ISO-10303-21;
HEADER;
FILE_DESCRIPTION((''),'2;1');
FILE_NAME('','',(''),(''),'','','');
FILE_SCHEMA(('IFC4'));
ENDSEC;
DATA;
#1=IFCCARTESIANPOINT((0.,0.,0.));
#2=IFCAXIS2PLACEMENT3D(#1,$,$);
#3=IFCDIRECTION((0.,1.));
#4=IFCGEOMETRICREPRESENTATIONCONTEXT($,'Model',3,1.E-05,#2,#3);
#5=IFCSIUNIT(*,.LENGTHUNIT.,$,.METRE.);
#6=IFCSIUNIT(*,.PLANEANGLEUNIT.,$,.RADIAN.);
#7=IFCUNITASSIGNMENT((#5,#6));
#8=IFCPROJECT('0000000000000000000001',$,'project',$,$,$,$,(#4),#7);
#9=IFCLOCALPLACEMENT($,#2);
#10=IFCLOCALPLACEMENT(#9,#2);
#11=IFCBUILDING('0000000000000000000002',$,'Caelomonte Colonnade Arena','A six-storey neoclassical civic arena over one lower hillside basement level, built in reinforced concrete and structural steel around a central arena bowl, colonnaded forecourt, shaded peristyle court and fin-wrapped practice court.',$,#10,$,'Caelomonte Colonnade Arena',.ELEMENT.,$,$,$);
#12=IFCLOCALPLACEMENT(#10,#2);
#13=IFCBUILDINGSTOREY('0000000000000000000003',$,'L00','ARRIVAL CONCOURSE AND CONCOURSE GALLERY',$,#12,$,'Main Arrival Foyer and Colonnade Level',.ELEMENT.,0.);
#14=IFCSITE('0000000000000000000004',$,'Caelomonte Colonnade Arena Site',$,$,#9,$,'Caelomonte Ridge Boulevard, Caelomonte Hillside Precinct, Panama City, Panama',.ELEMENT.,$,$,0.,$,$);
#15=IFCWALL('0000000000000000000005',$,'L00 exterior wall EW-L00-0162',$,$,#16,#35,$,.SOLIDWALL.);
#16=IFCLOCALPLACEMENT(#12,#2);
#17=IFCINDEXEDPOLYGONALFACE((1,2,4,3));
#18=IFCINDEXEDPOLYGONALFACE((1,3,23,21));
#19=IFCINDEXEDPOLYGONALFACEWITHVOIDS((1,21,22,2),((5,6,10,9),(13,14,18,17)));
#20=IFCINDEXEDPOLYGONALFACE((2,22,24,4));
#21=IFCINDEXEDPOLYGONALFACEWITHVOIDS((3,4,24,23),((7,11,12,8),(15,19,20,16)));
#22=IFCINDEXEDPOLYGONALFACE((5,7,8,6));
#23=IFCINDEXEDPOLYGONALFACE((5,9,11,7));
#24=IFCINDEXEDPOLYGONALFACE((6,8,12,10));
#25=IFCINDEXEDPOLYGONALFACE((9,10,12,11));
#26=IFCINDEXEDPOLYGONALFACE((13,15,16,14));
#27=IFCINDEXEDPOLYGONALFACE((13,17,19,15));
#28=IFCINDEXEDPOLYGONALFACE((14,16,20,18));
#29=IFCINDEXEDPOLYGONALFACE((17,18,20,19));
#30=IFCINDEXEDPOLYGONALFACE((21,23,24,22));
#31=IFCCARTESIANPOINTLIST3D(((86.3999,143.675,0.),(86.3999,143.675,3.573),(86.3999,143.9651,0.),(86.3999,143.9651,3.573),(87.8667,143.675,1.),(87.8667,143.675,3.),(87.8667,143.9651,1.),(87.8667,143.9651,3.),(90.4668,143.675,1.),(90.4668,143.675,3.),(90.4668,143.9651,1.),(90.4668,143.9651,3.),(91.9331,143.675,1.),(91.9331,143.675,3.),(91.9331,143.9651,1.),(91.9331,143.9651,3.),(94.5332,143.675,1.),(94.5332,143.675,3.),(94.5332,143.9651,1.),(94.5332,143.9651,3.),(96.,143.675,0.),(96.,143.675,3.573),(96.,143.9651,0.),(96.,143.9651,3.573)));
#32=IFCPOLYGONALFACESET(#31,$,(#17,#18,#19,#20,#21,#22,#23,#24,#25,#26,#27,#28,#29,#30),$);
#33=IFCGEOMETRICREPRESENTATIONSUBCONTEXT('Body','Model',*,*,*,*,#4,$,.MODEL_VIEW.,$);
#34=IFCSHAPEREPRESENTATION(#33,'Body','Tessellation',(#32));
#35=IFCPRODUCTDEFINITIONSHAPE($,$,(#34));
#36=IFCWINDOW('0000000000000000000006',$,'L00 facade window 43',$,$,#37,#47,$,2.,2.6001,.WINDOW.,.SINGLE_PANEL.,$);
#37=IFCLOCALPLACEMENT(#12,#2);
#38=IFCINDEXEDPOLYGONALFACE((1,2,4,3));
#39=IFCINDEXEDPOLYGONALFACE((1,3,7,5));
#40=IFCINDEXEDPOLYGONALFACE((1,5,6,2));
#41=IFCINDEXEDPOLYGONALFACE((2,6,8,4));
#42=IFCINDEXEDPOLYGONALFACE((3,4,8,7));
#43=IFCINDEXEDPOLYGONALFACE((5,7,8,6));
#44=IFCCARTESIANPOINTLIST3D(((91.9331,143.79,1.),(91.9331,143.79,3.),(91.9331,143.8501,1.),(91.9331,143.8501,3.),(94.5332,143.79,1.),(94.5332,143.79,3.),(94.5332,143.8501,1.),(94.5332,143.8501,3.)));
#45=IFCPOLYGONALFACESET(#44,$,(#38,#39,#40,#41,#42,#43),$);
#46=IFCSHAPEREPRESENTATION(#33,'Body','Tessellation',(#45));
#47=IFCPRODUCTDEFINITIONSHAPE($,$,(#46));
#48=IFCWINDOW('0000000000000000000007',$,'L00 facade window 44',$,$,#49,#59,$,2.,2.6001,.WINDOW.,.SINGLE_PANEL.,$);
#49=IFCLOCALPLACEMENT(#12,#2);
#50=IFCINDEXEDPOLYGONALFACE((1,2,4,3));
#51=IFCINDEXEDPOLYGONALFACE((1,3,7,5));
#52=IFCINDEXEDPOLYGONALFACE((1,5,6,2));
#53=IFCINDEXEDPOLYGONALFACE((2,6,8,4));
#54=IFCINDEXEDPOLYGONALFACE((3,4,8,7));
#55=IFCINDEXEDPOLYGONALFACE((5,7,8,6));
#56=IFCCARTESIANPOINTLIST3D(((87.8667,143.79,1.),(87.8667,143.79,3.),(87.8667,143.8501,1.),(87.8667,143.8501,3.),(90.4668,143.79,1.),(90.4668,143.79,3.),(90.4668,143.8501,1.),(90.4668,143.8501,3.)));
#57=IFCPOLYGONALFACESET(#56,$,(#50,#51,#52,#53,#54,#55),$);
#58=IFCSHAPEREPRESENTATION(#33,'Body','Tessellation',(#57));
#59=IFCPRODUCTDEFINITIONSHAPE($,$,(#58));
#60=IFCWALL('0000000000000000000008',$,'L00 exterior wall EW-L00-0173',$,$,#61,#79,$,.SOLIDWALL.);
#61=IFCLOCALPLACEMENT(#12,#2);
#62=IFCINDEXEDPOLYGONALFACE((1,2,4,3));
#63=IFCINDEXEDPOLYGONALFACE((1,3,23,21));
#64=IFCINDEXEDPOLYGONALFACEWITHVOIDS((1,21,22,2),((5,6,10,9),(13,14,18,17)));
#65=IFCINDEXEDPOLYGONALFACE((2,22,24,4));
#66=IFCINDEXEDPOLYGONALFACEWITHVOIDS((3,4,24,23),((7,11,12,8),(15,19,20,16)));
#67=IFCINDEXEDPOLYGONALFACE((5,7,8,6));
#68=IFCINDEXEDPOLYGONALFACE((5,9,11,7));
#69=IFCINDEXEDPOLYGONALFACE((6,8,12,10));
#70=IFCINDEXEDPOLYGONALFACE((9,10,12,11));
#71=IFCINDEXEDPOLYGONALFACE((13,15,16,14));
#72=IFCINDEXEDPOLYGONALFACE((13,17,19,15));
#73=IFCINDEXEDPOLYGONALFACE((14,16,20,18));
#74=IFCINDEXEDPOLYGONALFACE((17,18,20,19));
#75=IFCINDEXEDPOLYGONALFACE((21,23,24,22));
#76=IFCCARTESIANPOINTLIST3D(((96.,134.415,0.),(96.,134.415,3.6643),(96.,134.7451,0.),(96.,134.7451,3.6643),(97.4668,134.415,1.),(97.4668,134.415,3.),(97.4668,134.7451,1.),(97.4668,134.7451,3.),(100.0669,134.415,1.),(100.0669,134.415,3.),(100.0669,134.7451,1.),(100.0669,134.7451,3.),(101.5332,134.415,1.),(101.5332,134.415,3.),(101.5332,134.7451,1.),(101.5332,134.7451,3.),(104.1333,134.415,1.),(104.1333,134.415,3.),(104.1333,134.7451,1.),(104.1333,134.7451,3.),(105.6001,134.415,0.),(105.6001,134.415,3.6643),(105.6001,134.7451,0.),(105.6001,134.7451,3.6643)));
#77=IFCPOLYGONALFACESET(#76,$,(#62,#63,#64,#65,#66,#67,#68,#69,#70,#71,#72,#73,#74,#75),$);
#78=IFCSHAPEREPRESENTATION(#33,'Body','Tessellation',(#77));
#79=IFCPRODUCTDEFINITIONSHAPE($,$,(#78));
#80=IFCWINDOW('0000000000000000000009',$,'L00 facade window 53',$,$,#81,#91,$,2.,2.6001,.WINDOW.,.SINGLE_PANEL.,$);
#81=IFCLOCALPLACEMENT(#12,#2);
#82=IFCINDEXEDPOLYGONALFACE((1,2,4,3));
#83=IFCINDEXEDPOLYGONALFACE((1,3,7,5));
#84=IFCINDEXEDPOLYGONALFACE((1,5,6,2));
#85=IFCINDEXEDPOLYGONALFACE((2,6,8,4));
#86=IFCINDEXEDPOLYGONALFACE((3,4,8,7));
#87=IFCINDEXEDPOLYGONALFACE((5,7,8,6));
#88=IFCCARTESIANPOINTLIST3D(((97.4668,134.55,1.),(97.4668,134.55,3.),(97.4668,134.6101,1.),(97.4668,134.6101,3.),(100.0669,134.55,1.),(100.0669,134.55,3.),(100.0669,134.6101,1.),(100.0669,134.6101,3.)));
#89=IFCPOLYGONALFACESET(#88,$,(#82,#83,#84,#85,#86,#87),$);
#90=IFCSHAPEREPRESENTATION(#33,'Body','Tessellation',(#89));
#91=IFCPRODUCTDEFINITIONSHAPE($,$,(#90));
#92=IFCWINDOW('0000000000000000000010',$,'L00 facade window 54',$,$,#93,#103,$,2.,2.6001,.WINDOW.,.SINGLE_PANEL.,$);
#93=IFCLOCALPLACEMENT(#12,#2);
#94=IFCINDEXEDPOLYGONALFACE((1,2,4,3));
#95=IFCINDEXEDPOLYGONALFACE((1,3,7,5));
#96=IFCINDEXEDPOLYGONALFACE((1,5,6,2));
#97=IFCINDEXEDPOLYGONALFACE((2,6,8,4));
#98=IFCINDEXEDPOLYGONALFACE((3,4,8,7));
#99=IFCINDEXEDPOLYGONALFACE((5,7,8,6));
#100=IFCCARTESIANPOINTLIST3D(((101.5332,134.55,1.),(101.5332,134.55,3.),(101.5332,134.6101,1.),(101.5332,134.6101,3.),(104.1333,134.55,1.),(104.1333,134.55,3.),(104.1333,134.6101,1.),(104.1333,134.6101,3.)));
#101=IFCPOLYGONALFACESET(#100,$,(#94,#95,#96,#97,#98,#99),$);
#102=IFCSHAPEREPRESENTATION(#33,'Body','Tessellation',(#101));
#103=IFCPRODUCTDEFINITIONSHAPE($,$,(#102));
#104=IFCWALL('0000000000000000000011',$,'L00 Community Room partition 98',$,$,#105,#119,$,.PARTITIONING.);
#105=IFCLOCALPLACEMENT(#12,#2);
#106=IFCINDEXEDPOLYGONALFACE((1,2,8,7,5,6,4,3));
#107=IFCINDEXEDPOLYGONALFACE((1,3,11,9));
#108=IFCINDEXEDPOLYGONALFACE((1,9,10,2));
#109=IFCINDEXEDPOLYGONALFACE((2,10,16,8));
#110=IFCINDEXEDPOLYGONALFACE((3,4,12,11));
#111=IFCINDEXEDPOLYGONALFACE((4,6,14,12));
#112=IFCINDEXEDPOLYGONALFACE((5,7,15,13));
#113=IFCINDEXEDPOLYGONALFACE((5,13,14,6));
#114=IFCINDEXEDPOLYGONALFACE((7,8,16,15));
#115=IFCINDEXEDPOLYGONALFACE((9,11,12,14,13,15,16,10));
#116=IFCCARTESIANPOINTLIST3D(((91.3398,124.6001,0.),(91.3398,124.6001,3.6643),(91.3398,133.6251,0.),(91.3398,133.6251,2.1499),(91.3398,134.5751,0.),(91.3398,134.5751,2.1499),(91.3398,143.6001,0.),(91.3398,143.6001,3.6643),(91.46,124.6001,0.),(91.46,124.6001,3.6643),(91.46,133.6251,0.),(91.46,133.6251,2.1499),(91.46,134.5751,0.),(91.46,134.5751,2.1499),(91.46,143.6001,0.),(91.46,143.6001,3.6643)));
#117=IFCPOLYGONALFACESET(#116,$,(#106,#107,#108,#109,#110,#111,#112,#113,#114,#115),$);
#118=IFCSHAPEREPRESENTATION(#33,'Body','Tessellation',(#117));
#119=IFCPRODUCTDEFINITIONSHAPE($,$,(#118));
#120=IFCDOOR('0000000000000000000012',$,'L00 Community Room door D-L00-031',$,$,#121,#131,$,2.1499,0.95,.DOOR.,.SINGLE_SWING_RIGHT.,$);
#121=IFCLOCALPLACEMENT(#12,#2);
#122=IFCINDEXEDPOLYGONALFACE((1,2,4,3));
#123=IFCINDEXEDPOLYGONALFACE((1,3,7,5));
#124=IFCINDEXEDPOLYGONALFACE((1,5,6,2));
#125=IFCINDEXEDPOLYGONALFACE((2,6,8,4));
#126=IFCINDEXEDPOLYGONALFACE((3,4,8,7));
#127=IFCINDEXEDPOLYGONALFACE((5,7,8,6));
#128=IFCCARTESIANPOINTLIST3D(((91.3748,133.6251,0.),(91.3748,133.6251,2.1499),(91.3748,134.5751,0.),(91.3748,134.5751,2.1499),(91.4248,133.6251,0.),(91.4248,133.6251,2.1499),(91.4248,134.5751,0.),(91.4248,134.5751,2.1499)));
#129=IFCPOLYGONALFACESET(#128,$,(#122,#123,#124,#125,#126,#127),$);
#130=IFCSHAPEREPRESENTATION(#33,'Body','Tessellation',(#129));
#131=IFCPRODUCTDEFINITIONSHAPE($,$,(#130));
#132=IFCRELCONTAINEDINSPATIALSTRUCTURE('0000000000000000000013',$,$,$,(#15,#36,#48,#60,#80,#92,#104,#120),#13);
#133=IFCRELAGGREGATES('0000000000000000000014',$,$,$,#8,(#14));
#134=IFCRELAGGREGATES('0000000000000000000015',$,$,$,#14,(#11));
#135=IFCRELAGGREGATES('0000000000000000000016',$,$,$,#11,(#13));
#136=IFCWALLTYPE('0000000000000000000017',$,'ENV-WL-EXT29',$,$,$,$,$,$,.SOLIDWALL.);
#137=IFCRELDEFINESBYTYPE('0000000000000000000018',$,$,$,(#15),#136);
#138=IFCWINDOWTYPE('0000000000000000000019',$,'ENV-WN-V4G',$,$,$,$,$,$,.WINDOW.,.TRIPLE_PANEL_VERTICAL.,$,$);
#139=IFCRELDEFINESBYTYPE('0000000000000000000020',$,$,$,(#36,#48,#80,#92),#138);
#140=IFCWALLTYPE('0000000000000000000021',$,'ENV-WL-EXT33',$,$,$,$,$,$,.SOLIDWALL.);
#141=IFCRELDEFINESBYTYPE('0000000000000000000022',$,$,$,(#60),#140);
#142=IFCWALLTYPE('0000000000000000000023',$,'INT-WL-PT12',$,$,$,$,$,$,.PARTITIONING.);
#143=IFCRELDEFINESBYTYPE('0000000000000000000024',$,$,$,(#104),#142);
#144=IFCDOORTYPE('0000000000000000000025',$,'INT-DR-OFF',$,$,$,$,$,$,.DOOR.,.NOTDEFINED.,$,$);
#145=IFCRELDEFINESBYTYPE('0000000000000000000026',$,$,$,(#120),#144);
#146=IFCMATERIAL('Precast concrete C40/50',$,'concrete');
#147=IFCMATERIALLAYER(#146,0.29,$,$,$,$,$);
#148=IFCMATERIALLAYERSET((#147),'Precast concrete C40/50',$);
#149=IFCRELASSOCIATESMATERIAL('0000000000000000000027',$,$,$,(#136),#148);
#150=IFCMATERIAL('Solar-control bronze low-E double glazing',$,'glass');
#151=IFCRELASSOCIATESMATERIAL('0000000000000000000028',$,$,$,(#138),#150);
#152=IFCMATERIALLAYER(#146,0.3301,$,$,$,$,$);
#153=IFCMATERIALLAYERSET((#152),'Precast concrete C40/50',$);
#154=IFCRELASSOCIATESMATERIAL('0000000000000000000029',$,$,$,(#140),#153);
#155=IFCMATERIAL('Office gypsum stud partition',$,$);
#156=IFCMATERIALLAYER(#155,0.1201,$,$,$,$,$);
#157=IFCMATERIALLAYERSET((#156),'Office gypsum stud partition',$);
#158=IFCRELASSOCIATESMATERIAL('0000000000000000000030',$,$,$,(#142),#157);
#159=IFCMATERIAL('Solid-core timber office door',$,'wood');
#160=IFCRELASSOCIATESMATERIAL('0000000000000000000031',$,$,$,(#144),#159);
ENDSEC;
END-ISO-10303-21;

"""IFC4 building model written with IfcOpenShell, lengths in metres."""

from ifc_helpers import new_model, si_unit, direction, frame, frame_2d, origin, place, context, subcontext, project, spatial, rectangle, extrude, material, layer, layer_set, type_object, element, fill, save


model = new_model("IFC4")

# Units and contexts
model_context = context("Model", 3, precision=1e-05, world=origin(), true_north=direction((0.0, 1.0)))
body_context = subcontext(model_context, "Body", "Model", "MODEL_VIEW")
ifc_project = project(units=[si_unit("LENGTHUNIT", "METRE"), si_unit("PLANEANGLEUNIT", "RADIAN")], contexts=[model_context])

# Site, building, storey
site_placement = place(None, origin())
site = spatial("IfcSite", under=ifc_project, at=site_placement, Name="Caelomonte Colonnade Arena Site", LongName="Caelomonte Ridge Boulevard, Caelomonte Hillside Precinct, Panama City, Panama", CompositionType="ELEMENT", RefElevation=0.0)
building_placement = place(site_placement, origin())
building = spatial("IfcBuilding", under=site, at=building_placement, Name="Caelomonte Colonnade Arena", Description="A six-storey neoclassical civic arena over one lower hillside basement level, built in reinforced concrete and structural steel around a central arena bowl, colonnaded forecourt, shaded peristyle court and fin-wrapped practice court.", LongName="Caelomonte Colonnade Arena", CompositionType="ELEMENT")
storey_placement = place(building_placement, origin())
storey = spatial("IfcBuildingStorey", under=building, at=storey_placement, Name="L00", Description="ARRIVAL CONCOURSE AND CONCOURSE GALLERY", LongName="Main Arrival Foyer and Colonnade Level", CompositionType="ELEMENT", Elevation=0.0)

# Walls, openings, windows
ifc_material_1 = material(Name="Precast concrete C40/50", Category="concrete")
ifc_layer_1 = layer(ifc_material_1, 0.29)
ifc_layer_set_1 = layer_set([ifc_layer_1], Name="Precast concrete C40/50")
wall_type_1 = type_object("IfcWallType", Name="ENV-WL-EXT29", PredefinedType="SOLIDWALL", material=ifc_layer_set_1)
wall_1_placement = place(storey_placement, frame((96.0, 143.8201, 0.0), z_axis=(0.0, 0.0, 1.0), x_axis=(-1.0, 0.0, 0.0)))
wall_1 = element("IfcWall", 1, at=wall_1_placement, inside=storey, type_object=wall_type_1, Name="L00 exterior wall EW-L00-0162", PredefinedType="SOLIDWALL", context=body_context, shape_type="SweptSolid", body=[
    extrude(rectangle(XDim=9.6001, YDim=0.29, at=frame_2d((4.8, 0.0))), origin(), (0.0, 0.0, 1.0), 3.573),
])
opening_1_placement = place(wall_1_placement, frame((4.0669, 0.0, 1.0), z_axis=(0.0, 0.0, 1.0), x_axis=(-1.0, 0.0, 0.0)))
opening_1 = element("IfcOpeningElement", 2, at=opening_1_placement, cuts=wall_1, PredefinedType="OPENING", context=body_context, shape_type="SweptSolid", body=[
    extrude(rectangle(XDim=2.6001, YDim=2.0, at=frame_2d((1.3, 1.0))), frame((0.0, 0.155, 0.0), z_axis=(0.0, -1.0, 0.0), x_axis=(1.0, 0.0, 0.0)), (0.0, 0.0, 1.0), 0.3101),
])
opening_2_placement = place(wall_1_placement, frame((8.1333, 0.0, 1.0), z_axis=(0.0, 0.0, 1.0), x_axis=(-1.0, 0.0, 0.0)))
opening_2 = element("IfcOpeningElement", 3, at=opening_2_placement, cuts=wall_1, PredefinedType="OPENING", context=body_context, shape_type="SweptSolid", body=[
    extrude(rectangle(XDim=2.6001, YDim=2.0, at=frame_2d((1.3, 1.0))), frame((0.0, 0.155, 0.0), z_axis=(0.0, -1.0, 0.0), x_axis=(1.0, 0.0, 0.0)), (0.0, 0.0, 1.0), 0.3101),
])
ifc_material_2 = material(Name="Solar-control bronze low-E double glazing", Category="glass")
window_type = type_object("IfcWindowType", Name="ENV-WN-V4G", PartitioningType="TRIPLE_PANEL_VERTICAL", PredefinedType="WINDOW", material=ifc_material_2)
window_1_placement = place(opening_1_placement, origin())
window_1 = element("IfcWindow", 4, at=window_1_placement, inside=storey, type_object=window_type, Name="L00 facade window 43", OverallHeight=2.0, OverallWidth=2.6001, PartitioningType="SINGLE_PANEL", PredefinedType="WINDOW", context=body_context, shape_type="SweptSolid", body=[
    extrude(rectangle(XDim=2.6001, YDim=2.0, at=frame_2d((1.3, 1.0))), frame((0.0, 0.03, 0.0), z_axis=(0.0, -1.0, 0.0), x_axis=(1.0, 0.0, 0.0)), (0.0, 0.0, 1.0), 0.0601),
])
fill(opening_1, window_1)
window_2_placement = place(opening_2_placement, origin())
window_2 = element("IfcWindow", 5, at=window_2_placement, inside=storey, type_object=window_type, Name="L00 facade window 44", OverallHeight=2.0, OverallWidth=2.6001, PartitioningType="SINGLE_PANEL", PredefinedType="WINDOW", context=body_context, shape_type="SweptSolid", body=[
    extrude(rectangle(XDim=2.6001, YDim=2.0, at=frame_2d((1.3, 1.0))), frame((0.0, 0.03, 0.0), z_axis=(0.0, -1.0, 0.0), x_axis=(1.0, 0.0, 0.0)), (0.0, 0.0, 1.0), 0.0601),
])
fill(opening_2, window_2)
ifc_layer_2 = layer(ifc_material_1, 0.3301)
ifc_layer_set_2 = layer_set([ifc_layer_2], Name="Precast concrete C40/50")
wall_type_2 = type_object("IfcWallType", Name="ENV-WL-EXT33", PredefinedType="SOLIDWALL", material=ifc_layer_set_2)
wall_2_placement = place(storey_placement, frame((96.0, 134.5801, 0.0), z_axis=(0.0, 0.0, 1.0), x_axis=(1.0, 0.0, 0.0)))
wall_2 = element("IfcWall", 6, at=wall_2_placement, inside=storey, type_object=wall_type_2, Name="L00 exterior wall EW-L00-0173", PredefinedType="SOLIDWALL", context=body_context, shape_type="SweptSolid", body=[
    extrude(rectangle(XDim=9.6001, YDim=0.3301, at=frame_2d((4.8, 0.0))), origin(), (0.0, 0.0, 1.0), 3.6643),
])
opening_3_placement = place(wall_2_placement, frame((4.0669, 0.0, 1.0), z_axis=(0.0, 0.0, 1.0), x_axis=(-1.0, 0.0, 0.0)))
opening_3 = element("IfcOpeningElement", 7, at=opening_3_placement, cuts=wall_2, PredefinedType="OPENING", context=body_context, shape_type="SweptSolid", body=[
    extrude(rectangle(XDim=2.6001, YDim=2.0, at=frame_2d((1.3, 1.0))), frame((0.0, 0.175, 0.0), z_axis=(0.0, -1.0, 0.0), x_axis=(1.0, 0.0, 0.0)), (0.0, 0.0, 1.0), 0.3501),
])
opening_4_placement = place(wall_2_placement, frame((8.1333, 0.0, 1.0), z_axis=(0.0, 0.0, 1.0), x_axis=(-1.0, 0.0, 0.0)))
opening_4 = element("IfcOpeningElement", 8, at=opening_4_placement, cuts=wall_2, PredefinedType="OPENING", context=body_context, shape_type="SweptSolid", body=[
    extrude(rectangle(XDim=2.6001, YDim=2.0, at=frame_2d((1.3, 1.0))), frame((0.0, 0.175, 0.0), z_axis=(0.0, -1.0, 0.0), x_axis=(1.0, 0.0, 0.0)), (0.0, 0.0, 1.0), 0.3501),
])
window_3_placement = place(opening_3_placement, origin())
window_3 = element("IfcWindow", 9, at=window_3_placement, inside=storey, type_object=window_type, Name="L00 facade window 53", OverallHeight=2.0, OverallWidth=2.6001, PartitioningType="SINGLE_PANEL", PredefinedType="WINDOW", context=body_context, shape_type="SweptSolid", body=[
    extrude(rectangle(XDim=2.6001, YDim=2.0, at=frame_2d((1.3, 1.0))), frame((0.0, 0.03, 0.0), z_axis=(0.0, -1.0, 0.0), x_axis=(1.0, 0.0, 0.0)), (0.0, 0.0, 1.0), 0.0601),
])
fill(opening_3, window_3)
window_4_placement = place(opening_4_placement, origin())
window_4 = element("IfcWindow", 10, at=window_4_placement, inside=storey, type_object=window_type, Name="L00 facade window 54", OverallHeight=2.0, OverallWidth=2.6001, PartitioningType="SINGLE_PANEL", PredefinedType="WINDOW", context=body_context, shape_type="SweptSolid", body=[
    extrude(rectangle(XDim=2.6001, YDim=2.0, at=frame_2d((1.3, 1.0))), frame((0.0, 0.03, 0.0), z_axis=(0.0, -1.0, 0.0), x_axis=(1.0, 0.0, 0.0)), (0.0, 0.0, 1.0), 0.0601),
])
fill(opening_4, window_4)

# Wall, opening, door
ifc_material_3 = material(Name="Office gypsum stud partition")
ifc_layer_3 = layer(ifc_material_3, 0.1201)
ifc_layer_set_3 = layer_set([ifc_layer_3], Name="Office gypsum stud partition")
wall_type_3 = type_object("IfcWallType", Name="INT-WL-PT12", PredefinedType="PARTITIONING", material=ifc_layer_set_3)
wall_3_placement = place(storey_placement, frame((91.3999, 143.6001, 0.0), z_axis=(0.0, 0.0, 1.0), x_axis=(0.0, -1.0, 0.0)))
wall_3 = element("IfcWall", 11, at=wall_3_placement, inside=storey, type_object=wall_type_3, Name="L00 Community Room partition 98", PredefinedType="PARTITIONING", context=body_context, shape_type="SweptSolid", body=[
    extrude(rectangle(XDim=19.0, YDim=0.1201, at=frame_2d((9.5, 0.0))), origin(), (0.0, 0.0, 1.0), 3.6643),
])
opening_5_placement = place(wall_3_placement, frame((9.0249, 0.0, 0.0), z_axis=(0.0, 0.0, 1.0), x_axis=(1.0, 0.0, 0.0)))
opening_5 = element("IfcOpeningElement", 12, at=opening_5_placement, cuts=wall_3, PredefinedType="OPENING", context=body_context, shape_type="SweptSolid", body=[
    extrude(rectangle(XDim=0.95, YDim=2.1499, at=frame_2d((0.4751, 1.075))), frame((0.0, 0.0701, 0.0), z_axis=(0.0, -1.0, 0.0), x_axis=(1.0, 0.0, 0.0)), (0.0, 0.0, 1.0), 0.1401),
])
ifc_material_4 = material(Name="Solid-core timber office door", Category="wood")
door_type = type_object("IfcDoorType", Name="INT-DR-OFF", OperationType="NOTDEFINED", PredefinedType="DOOR", material=ifc_material_4)
door_placement = place(opening_5_placement, origin())
door = element("IfcDoor", 13, at=door_placement, inside=storey, type_object=door_type, Name="L00 Community Room door D-L00-031", OperationType="SINGLE_SWING_RIGHT", OverallHeight=2.1499, OverallWidth=0.95, PredefinedType="DOOR", context=body_context, shape_type="SweptSolid", body=[
    extrude(rectangle(XDim=0.95, YDim=2.1499, at=frame_2d((0.4751, 1.075))), frame((0.0, 0.0249, 0.0), z_axis=(0.0, -1.0, 0.0), x_axis=(1.0, 0.0, 0.0)), (0.0, 0.0, 1.0), 0.05),
])
fill(opening_5, door)

save(model, "model.ifc")
